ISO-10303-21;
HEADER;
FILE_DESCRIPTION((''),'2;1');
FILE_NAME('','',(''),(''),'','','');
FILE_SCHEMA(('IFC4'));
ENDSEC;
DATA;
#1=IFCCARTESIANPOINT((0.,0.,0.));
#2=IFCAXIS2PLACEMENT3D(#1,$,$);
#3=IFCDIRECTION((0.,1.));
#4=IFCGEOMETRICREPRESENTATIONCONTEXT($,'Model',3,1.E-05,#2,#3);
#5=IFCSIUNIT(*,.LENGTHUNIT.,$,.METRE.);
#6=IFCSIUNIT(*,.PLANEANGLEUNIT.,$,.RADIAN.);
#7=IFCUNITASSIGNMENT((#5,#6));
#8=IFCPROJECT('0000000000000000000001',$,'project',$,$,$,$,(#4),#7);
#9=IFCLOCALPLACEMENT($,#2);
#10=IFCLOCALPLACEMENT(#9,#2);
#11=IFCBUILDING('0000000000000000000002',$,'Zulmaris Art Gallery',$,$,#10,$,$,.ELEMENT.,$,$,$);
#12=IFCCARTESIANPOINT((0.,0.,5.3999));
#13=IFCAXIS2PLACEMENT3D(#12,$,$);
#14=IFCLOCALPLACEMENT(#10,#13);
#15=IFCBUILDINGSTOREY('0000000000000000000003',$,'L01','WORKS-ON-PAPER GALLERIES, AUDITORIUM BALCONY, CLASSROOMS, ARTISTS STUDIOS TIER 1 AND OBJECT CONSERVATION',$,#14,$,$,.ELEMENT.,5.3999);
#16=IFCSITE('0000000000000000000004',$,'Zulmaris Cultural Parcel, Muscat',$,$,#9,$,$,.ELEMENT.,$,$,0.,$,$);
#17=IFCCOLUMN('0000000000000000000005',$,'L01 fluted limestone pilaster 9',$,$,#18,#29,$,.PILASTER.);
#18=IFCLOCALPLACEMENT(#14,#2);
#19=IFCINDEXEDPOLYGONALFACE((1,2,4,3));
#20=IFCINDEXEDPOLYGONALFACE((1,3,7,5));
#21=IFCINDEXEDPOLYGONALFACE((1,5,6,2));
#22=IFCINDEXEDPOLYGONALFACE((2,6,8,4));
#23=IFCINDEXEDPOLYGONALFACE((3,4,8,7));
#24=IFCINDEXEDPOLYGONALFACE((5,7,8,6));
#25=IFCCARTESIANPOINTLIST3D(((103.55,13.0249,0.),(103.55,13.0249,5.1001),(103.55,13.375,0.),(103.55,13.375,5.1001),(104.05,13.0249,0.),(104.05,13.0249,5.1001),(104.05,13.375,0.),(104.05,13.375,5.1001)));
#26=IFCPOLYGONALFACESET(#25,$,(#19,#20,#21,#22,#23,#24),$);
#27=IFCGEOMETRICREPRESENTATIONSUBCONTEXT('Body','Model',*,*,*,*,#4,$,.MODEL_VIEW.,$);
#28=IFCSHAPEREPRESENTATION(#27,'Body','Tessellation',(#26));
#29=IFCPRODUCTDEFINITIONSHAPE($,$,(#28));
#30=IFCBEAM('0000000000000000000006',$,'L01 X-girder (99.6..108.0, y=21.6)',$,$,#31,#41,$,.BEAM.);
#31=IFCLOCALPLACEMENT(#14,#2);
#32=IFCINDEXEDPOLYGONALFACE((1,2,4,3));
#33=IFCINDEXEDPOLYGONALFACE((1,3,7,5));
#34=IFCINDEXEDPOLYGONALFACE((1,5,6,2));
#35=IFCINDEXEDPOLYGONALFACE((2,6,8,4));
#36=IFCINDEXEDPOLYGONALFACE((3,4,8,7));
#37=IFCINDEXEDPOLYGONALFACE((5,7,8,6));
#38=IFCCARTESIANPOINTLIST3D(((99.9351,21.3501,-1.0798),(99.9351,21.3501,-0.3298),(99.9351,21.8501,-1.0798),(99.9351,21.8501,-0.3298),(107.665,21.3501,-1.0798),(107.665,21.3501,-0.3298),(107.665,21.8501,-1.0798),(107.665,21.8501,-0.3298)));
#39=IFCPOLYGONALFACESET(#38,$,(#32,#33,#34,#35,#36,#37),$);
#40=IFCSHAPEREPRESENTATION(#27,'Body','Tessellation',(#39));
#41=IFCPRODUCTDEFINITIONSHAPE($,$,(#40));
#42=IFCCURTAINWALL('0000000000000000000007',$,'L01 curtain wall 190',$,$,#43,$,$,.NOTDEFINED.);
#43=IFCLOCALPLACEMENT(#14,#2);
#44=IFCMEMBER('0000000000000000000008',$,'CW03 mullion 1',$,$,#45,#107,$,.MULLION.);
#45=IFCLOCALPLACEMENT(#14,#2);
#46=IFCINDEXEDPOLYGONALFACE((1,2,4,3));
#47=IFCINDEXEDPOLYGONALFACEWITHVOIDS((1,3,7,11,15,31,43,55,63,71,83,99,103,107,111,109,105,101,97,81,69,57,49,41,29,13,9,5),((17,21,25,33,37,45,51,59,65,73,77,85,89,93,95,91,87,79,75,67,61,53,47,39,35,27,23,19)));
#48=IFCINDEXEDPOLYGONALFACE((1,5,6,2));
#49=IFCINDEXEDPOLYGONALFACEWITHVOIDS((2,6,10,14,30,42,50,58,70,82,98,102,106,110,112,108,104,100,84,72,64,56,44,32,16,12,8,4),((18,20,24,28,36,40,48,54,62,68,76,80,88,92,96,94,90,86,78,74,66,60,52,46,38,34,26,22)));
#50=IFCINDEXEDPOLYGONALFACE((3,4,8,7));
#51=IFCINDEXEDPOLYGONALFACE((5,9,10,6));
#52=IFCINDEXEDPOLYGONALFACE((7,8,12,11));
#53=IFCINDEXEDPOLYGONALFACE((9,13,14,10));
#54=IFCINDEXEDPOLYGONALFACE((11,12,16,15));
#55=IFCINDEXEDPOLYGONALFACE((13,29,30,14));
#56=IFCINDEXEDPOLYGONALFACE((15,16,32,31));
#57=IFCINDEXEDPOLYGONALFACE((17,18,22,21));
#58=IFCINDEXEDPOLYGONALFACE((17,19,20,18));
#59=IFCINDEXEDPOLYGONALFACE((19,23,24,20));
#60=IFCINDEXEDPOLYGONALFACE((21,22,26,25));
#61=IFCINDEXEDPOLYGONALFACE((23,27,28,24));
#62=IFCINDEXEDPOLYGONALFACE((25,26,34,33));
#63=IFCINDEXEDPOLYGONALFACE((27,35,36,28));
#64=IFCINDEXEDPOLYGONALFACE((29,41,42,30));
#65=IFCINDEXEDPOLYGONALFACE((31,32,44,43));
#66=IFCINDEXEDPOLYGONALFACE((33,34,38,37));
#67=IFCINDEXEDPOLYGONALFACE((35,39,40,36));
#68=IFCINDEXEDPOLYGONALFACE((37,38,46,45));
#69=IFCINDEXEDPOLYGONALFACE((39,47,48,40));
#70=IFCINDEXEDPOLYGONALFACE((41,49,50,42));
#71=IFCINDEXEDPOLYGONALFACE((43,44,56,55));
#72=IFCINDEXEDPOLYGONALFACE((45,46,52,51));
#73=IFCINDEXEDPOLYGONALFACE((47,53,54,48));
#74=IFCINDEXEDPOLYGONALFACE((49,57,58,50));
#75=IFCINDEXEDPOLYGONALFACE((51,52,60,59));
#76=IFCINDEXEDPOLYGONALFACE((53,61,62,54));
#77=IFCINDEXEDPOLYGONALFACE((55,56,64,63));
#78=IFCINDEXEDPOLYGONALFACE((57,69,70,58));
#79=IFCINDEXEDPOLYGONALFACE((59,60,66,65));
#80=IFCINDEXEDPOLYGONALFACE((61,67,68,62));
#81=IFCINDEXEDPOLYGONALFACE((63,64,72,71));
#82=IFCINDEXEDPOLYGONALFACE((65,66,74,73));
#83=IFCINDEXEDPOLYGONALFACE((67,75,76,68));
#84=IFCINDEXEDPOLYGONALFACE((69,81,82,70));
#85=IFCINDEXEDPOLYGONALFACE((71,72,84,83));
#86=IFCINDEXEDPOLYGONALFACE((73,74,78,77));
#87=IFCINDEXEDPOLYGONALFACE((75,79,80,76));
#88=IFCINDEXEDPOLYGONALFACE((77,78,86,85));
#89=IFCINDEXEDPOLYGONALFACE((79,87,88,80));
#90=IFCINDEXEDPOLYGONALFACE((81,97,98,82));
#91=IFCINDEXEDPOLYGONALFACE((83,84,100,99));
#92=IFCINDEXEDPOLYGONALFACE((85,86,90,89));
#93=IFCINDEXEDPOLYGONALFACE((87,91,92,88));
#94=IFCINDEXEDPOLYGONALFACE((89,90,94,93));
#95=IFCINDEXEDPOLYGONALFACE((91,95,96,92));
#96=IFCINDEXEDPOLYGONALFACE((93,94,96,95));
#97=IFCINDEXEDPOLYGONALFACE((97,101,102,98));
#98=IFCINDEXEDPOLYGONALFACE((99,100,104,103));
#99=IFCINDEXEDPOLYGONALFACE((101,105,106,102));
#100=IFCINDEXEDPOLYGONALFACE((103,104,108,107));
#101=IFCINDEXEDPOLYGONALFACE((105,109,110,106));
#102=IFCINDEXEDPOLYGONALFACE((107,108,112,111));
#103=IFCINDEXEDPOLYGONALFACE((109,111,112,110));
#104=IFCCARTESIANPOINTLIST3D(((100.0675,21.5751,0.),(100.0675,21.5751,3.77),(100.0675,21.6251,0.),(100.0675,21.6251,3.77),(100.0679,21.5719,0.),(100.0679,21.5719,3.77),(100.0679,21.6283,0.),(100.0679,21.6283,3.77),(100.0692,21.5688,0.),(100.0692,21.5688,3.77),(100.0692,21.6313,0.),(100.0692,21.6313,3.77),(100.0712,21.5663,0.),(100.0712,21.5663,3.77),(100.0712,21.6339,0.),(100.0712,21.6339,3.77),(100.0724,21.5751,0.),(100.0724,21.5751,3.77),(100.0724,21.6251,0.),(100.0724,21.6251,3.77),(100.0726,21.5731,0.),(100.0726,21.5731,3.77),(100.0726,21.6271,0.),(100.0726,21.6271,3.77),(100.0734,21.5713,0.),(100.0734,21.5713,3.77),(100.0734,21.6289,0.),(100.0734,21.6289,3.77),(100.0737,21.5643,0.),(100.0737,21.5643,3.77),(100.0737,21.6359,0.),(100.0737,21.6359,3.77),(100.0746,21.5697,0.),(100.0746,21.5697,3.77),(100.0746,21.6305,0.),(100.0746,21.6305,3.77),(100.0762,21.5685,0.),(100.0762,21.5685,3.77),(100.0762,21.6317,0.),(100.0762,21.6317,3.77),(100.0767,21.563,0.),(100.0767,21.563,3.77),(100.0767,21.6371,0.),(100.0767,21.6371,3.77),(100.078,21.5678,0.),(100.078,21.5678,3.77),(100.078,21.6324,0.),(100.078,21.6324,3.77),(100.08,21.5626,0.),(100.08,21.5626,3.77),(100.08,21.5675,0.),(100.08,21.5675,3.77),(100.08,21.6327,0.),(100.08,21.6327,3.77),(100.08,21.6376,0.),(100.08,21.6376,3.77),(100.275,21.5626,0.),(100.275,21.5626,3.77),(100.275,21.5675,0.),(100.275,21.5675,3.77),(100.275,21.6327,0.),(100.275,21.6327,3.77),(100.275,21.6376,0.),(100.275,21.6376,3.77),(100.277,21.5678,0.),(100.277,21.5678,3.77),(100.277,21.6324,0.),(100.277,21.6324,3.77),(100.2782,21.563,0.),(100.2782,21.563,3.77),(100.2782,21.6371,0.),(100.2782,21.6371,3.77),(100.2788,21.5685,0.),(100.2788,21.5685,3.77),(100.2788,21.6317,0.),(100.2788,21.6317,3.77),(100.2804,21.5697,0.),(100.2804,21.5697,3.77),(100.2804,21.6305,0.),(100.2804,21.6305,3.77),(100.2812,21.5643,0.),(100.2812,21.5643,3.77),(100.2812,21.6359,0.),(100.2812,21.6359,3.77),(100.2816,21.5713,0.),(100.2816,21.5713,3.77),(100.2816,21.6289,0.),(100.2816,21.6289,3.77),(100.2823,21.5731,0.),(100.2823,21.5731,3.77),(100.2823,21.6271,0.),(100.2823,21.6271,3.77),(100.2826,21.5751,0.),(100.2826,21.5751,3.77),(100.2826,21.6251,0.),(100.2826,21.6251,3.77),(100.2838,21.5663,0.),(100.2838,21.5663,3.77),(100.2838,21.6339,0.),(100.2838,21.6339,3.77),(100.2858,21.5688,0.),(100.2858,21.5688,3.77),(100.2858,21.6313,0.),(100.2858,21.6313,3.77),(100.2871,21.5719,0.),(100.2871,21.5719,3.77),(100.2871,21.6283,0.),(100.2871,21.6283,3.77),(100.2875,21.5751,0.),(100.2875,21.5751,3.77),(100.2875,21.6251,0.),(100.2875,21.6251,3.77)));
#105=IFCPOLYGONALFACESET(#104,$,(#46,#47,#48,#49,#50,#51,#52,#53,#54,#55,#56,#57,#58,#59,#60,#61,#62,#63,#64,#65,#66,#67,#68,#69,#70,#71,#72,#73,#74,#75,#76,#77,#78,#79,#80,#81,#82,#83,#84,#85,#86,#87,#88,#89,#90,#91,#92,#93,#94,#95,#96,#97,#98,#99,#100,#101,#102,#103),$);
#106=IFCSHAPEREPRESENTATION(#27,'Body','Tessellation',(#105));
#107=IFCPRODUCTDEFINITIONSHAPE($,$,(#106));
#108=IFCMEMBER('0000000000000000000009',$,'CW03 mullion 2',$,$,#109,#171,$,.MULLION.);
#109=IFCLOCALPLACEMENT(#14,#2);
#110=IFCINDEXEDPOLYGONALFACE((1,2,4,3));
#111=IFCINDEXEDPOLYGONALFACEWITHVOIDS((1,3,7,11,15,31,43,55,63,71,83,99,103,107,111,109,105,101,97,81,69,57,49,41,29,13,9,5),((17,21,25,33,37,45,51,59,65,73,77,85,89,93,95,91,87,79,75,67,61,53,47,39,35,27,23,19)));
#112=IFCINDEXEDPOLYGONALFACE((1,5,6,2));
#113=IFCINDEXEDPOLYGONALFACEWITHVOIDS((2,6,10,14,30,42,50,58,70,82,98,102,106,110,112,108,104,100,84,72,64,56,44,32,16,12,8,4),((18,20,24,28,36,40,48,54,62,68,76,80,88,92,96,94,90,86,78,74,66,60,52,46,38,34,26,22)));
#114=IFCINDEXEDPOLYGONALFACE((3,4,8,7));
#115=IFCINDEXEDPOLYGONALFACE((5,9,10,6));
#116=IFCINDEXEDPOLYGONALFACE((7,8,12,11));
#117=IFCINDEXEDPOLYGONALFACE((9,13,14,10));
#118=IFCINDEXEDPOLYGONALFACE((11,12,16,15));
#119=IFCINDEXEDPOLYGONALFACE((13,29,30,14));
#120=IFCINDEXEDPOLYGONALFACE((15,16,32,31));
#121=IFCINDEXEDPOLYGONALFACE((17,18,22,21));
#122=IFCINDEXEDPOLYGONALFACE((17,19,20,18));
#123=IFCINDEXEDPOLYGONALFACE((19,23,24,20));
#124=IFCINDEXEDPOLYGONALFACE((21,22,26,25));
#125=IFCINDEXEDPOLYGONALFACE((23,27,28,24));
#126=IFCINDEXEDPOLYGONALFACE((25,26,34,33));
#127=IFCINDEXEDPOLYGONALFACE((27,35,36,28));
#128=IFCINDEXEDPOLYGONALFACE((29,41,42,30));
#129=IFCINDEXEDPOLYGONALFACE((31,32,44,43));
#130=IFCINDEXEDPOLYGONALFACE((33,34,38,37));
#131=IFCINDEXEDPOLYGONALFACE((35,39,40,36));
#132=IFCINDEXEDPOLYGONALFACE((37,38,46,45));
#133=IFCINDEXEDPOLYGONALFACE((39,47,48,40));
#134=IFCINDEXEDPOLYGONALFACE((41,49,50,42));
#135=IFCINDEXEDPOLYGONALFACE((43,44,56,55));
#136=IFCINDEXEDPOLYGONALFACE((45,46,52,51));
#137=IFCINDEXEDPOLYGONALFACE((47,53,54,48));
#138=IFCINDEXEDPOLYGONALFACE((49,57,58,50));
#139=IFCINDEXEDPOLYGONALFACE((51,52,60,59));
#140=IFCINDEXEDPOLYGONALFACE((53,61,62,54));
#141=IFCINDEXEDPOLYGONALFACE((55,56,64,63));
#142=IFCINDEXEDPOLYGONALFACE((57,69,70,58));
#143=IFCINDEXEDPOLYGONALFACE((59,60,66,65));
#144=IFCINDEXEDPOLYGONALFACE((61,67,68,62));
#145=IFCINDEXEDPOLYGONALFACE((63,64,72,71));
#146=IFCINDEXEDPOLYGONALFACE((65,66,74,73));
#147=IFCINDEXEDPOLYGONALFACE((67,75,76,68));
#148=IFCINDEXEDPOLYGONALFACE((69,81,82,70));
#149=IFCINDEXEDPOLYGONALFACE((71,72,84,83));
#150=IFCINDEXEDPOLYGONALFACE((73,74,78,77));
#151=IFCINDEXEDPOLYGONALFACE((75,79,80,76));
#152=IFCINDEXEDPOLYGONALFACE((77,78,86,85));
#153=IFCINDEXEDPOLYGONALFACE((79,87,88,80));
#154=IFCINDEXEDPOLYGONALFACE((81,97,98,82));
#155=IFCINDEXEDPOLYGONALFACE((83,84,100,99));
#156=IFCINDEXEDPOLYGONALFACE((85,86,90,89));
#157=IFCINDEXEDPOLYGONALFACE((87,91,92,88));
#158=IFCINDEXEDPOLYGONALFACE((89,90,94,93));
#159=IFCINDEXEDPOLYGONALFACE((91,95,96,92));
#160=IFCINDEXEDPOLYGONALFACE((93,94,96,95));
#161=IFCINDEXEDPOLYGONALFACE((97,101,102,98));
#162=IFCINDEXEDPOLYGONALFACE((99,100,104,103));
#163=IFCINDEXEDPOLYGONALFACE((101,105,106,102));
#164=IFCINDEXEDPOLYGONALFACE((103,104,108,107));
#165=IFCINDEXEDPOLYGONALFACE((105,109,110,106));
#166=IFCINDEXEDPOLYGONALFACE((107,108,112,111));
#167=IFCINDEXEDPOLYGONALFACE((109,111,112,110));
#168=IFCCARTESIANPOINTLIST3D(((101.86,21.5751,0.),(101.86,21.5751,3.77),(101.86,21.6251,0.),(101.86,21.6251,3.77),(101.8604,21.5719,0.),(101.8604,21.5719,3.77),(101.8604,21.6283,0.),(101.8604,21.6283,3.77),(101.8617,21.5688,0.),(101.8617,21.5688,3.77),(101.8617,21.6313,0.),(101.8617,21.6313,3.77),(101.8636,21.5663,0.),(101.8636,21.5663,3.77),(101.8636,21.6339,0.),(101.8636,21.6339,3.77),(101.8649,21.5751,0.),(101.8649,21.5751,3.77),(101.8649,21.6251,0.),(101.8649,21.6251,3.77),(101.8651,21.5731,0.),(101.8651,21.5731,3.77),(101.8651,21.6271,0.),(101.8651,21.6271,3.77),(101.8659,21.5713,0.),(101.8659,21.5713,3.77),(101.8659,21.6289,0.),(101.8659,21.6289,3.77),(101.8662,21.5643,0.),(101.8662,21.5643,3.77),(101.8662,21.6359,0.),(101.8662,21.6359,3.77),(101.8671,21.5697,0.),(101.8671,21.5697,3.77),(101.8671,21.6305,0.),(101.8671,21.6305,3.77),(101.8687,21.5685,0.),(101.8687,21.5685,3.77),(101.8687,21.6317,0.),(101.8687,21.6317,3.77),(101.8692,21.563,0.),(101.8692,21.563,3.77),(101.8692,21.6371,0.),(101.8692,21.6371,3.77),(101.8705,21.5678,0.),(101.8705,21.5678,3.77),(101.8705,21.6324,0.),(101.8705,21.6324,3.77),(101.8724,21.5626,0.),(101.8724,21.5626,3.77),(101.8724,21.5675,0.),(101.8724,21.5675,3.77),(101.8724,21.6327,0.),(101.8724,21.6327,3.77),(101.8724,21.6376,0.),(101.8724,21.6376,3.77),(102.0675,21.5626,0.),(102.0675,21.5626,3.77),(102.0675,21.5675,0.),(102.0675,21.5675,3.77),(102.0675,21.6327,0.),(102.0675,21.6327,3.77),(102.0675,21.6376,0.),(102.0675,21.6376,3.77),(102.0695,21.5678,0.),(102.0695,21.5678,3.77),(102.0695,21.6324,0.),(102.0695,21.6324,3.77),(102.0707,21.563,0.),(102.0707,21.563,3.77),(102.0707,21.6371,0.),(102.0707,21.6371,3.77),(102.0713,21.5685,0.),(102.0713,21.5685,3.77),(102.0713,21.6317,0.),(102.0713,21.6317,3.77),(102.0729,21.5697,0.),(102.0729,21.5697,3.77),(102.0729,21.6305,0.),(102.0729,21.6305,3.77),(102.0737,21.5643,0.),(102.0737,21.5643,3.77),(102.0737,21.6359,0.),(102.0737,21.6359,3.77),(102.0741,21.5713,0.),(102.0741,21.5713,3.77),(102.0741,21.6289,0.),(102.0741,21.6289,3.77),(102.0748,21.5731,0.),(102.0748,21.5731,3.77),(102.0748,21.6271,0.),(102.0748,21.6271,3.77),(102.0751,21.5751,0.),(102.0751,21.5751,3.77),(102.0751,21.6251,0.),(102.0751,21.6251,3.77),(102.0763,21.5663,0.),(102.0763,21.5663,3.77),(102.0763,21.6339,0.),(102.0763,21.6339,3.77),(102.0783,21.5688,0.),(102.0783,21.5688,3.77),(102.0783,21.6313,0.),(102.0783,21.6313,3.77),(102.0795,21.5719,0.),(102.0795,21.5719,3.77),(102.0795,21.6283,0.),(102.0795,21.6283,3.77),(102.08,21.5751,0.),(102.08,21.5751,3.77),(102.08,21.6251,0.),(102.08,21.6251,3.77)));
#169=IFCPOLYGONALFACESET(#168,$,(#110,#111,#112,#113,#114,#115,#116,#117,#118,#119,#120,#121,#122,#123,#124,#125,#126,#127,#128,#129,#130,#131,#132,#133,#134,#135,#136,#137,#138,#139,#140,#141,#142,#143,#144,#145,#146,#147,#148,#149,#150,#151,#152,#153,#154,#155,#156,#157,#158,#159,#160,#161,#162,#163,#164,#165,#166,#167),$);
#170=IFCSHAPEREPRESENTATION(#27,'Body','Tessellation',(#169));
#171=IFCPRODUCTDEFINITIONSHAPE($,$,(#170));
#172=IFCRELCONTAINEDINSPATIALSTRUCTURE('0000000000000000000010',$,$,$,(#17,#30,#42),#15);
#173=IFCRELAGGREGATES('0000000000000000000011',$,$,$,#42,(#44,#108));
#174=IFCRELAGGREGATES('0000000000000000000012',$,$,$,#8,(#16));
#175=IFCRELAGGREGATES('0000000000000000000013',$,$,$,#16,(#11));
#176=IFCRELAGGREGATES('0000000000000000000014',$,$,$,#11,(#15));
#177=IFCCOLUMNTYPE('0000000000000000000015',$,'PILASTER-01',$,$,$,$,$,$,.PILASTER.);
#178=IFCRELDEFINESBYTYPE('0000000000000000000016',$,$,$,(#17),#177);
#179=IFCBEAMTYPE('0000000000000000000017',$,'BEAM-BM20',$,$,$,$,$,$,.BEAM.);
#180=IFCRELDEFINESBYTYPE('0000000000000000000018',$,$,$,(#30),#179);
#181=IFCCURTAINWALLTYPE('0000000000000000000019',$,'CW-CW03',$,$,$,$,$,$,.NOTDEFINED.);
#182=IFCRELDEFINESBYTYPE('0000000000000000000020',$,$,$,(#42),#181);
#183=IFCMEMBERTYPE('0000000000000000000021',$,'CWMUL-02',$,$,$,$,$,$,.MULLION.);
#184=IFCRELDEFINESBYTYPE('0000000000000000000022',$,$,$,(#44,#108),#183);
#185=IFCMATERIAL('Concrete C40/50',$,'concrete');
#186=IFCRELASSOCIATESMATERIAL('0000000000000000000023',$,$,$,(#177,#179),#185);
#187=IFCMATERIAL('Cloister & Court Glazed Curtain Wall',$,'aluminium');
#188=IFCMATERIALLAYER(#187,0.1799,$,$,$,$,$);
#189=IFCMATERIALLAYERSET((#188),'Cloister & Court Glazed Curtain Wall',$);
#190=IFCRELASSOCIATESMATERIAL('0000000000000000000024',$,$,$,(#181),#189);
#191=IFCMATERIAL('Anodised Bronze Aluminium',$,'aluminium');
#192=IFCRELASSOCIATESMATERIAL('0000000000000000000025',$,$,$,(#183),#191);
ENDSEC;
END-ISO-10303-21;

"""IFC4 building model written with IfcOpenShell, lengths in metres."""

from ifc_helpers import new_model, si_unit, direction, frame, origin, origin_2d, place, context, subcontext, project, spatial, rectangle, hollow_rectangle, extrude, material, layer, layer_set, material_profile, profile_set, type_object, element, aggregate, save


model = new_model("IFC4")

# Units and contexts
model_context = context("Model", 3, precision=1e-05, world=origin(), true_north=direction((0.0, 1.0)))
body_context = subcontext(model_context, "Body", "Model", "MODEL_VIEW")
ifc_project = project(units=[si_unit("LENGTHUNIT", "METRE"), si_unit("PLANEANGLEUNIT", "RADIAN")], contexts=[model_context])

# Site, building, storey
site_placement = place(None, origin())
site = spatial("IfcSite", under=ifc_project, at=site_placement, Name="Zulmaris Cultural Parcel, Muscat", CompositionType="ELEMENT", RefElevation=0.0)
building_placement = place(site_placement, origin())
building = spatial("IfcBuilding", under=site, at=building_placement, Name="Zulmaris Art Gallery", CompositionType="ELEMENT")
storey_placement = place(building_placement, frame((0.0, 0.0, 5.3999)))
storey = spatial("IfcBuildingStorey", under=building, at=storey_placement, Name="L01", Description="WORKS-ON-PAPER GALLERIES, AUDITORIUM BALCONY, CLASSROOMS, ARTISTS STUDIOS TIER 1 AND OBJECT CONSERVATION", CompositionType="ELEMENT", Elevation=5.3999)

# Column
ifc_material_1 = material(Name="Concrete C40/50", Category="concrete")
ifc_material_profile_1 = material_profile(ifc_material_1, rectangle(XDim=0.5, YDim=0.3501, at=origin_2d()), Name="PIL 500x350")
ifc_profile_set_1 = profile_set([ifc_material_profile_1], Name="Concrete C40/50")
column_type = type_object("IfcColumnType", Name="PILASTER-01", PredefinedType="PILASTER", material=ifc_profile_set_1)
column_placement = place(storey_placement, frame((103.8, 13.2, 0.0), z_axis=(0.0, 0.0, 1.0), x_axis=(1.0, 0.0, 0.0)))
element("IfcColumn", 1, at=column_placement, inside=storey, type_object=column_type, Name="L01 fluted limestone pilaster 9", PredefinedType="PILASTER", context=body_context, shape_type="SweptSolid", body=[
    extrude(rectangle(XDim=0.5, YDim=0.3501, at=origin_2d()), origin(), (0.0, 0.0, 1.0), 5.1001),
])

# Beam
ifc_material_profile_2 = material_profile(ifc_material_1, rectangle(XDim=0.5, YDim=0.75, at=origin_2d()), Name="RC 500x750")
ifc_profile_set_2 = profile_set([ifc_material_profile_2], Name="Concrete C40/50")
beam_type = type_object("IfcBeamType", Name="BEAM-BM20", PredefinedType="BEAM", material=ifc_profile_set_2)
beam_placement = place(storey_placement, frame((99.9351, 21.6001, -0.7048), z_axis=(1.0, 0.0, 0.0), x_axis=(0.0, 1.0, 0.0)))
element("IfcBeam", 2, at=beam_placement, inside=storey, type_object=beam_type, Name="L01 X-girder (99.6..108.0, y=21.6)", PredefinedType="BEAM", context=body_context, shape_type="SweptSolid", body=[
    extrude(rectangle(XDim=0.5, YDim=0.75, at=origin_2d()), origin(), (0.0, 0.0, 1.0), 7.73),
])

# Curtain wall, members
ifc_material_2 = material(Name="Cloister & Court Glazed Curtain Wall", Category="aluminium")
ifc_layer_1 = layer(ifc_material_2, 0.1799)
ifc_layer_set_1 = layer_set([ifc_layer_1], Name="Cloister & Court Glazed Curtain Wall")
curtain_wall_type = type_object("IfcCurtainWallType", Name="CW-CW03", PredefinedType="NOTDEFINED", material=ifc_layer_set_1)
curtain_wall_placement = place(storey_placement, origin())
curtain_wall = element("IfcCurtainWall", 3, at=curtain_wall_placement, inside=storey, type_object=curtain_wall_type, Name="L01 curtain wall 190", PredefinedType="NOTDEFINED")
ifc_material_3 = material(Name="Anodised Bronze Aluminium", Category="aluminium")
ifc_material_profile_3 = material_profile(ifc_material_3, hollow_rectangle(XDim=0.075, YDim=0.22, WallThickness=0.0049, InnerFilletRadius=0.0076, OuterFilletRadius=0.0125, at=origin_2d()), Name="ALU 75x220x5")
ifc_profile_set_3 = profile_set([ifc_material_profile_3], Name="Anodised Bronze Aluminium")
member_type_1 = type_object("IfcMemberType", Name="CWMUL-02", PredefinedType="MULLION", material=ifc_profile_set_3)
member_1_placement = place(storey_placement, frame((100.1775, 21.6001, 0.0), z_axis=(0.0, 0.0, 1.0), x_axis=(0.0, 1.0, 0.0)))
member_1 = element("IfcMember", 4, at=member_1_placement, type_object=member_type_1, Name="CW03 mullion 1", PredefinedType="MULLION", context=body_context, shape_type="SweptSolid", body=[
    extrude(hollow_rectangle(XDim=0.075, YDim=0.22, WallThickness=0.0049, InnerFilletRadius=0.0076, OuterFilletRadius=0.0125, at=origin_2d()), origin(), (0.0, 0.0, 1.0), 3.77),
])
member_2_placement = place(storey_placement, frame((101.97, 21.6001, 0.0), z_axis=(0.0, 0.0, 1.0), x_axis=(0.0, 1.0, 0.0)))
member_2 = element("IfcMember", 5, at=member_2_placement, type_object=member_type_1, Name="CW03 mullion 2", PredefinedType="MULLION", context=body_context, shape_type="SweptSolid", body=[
    extrude(hollow_rectangle(XDim=0.075, YDim=0.22, WallThickness=0.0049, InnerFilletRadius=0.0076, OuterFilletRadius=0.0125, at=origin_2d()), origin(), (0.0, 0.0, 1.0), 3.77),
])
aggregate(curtain_wall, [member_1, member_2])

save(model, "model.ifc")
